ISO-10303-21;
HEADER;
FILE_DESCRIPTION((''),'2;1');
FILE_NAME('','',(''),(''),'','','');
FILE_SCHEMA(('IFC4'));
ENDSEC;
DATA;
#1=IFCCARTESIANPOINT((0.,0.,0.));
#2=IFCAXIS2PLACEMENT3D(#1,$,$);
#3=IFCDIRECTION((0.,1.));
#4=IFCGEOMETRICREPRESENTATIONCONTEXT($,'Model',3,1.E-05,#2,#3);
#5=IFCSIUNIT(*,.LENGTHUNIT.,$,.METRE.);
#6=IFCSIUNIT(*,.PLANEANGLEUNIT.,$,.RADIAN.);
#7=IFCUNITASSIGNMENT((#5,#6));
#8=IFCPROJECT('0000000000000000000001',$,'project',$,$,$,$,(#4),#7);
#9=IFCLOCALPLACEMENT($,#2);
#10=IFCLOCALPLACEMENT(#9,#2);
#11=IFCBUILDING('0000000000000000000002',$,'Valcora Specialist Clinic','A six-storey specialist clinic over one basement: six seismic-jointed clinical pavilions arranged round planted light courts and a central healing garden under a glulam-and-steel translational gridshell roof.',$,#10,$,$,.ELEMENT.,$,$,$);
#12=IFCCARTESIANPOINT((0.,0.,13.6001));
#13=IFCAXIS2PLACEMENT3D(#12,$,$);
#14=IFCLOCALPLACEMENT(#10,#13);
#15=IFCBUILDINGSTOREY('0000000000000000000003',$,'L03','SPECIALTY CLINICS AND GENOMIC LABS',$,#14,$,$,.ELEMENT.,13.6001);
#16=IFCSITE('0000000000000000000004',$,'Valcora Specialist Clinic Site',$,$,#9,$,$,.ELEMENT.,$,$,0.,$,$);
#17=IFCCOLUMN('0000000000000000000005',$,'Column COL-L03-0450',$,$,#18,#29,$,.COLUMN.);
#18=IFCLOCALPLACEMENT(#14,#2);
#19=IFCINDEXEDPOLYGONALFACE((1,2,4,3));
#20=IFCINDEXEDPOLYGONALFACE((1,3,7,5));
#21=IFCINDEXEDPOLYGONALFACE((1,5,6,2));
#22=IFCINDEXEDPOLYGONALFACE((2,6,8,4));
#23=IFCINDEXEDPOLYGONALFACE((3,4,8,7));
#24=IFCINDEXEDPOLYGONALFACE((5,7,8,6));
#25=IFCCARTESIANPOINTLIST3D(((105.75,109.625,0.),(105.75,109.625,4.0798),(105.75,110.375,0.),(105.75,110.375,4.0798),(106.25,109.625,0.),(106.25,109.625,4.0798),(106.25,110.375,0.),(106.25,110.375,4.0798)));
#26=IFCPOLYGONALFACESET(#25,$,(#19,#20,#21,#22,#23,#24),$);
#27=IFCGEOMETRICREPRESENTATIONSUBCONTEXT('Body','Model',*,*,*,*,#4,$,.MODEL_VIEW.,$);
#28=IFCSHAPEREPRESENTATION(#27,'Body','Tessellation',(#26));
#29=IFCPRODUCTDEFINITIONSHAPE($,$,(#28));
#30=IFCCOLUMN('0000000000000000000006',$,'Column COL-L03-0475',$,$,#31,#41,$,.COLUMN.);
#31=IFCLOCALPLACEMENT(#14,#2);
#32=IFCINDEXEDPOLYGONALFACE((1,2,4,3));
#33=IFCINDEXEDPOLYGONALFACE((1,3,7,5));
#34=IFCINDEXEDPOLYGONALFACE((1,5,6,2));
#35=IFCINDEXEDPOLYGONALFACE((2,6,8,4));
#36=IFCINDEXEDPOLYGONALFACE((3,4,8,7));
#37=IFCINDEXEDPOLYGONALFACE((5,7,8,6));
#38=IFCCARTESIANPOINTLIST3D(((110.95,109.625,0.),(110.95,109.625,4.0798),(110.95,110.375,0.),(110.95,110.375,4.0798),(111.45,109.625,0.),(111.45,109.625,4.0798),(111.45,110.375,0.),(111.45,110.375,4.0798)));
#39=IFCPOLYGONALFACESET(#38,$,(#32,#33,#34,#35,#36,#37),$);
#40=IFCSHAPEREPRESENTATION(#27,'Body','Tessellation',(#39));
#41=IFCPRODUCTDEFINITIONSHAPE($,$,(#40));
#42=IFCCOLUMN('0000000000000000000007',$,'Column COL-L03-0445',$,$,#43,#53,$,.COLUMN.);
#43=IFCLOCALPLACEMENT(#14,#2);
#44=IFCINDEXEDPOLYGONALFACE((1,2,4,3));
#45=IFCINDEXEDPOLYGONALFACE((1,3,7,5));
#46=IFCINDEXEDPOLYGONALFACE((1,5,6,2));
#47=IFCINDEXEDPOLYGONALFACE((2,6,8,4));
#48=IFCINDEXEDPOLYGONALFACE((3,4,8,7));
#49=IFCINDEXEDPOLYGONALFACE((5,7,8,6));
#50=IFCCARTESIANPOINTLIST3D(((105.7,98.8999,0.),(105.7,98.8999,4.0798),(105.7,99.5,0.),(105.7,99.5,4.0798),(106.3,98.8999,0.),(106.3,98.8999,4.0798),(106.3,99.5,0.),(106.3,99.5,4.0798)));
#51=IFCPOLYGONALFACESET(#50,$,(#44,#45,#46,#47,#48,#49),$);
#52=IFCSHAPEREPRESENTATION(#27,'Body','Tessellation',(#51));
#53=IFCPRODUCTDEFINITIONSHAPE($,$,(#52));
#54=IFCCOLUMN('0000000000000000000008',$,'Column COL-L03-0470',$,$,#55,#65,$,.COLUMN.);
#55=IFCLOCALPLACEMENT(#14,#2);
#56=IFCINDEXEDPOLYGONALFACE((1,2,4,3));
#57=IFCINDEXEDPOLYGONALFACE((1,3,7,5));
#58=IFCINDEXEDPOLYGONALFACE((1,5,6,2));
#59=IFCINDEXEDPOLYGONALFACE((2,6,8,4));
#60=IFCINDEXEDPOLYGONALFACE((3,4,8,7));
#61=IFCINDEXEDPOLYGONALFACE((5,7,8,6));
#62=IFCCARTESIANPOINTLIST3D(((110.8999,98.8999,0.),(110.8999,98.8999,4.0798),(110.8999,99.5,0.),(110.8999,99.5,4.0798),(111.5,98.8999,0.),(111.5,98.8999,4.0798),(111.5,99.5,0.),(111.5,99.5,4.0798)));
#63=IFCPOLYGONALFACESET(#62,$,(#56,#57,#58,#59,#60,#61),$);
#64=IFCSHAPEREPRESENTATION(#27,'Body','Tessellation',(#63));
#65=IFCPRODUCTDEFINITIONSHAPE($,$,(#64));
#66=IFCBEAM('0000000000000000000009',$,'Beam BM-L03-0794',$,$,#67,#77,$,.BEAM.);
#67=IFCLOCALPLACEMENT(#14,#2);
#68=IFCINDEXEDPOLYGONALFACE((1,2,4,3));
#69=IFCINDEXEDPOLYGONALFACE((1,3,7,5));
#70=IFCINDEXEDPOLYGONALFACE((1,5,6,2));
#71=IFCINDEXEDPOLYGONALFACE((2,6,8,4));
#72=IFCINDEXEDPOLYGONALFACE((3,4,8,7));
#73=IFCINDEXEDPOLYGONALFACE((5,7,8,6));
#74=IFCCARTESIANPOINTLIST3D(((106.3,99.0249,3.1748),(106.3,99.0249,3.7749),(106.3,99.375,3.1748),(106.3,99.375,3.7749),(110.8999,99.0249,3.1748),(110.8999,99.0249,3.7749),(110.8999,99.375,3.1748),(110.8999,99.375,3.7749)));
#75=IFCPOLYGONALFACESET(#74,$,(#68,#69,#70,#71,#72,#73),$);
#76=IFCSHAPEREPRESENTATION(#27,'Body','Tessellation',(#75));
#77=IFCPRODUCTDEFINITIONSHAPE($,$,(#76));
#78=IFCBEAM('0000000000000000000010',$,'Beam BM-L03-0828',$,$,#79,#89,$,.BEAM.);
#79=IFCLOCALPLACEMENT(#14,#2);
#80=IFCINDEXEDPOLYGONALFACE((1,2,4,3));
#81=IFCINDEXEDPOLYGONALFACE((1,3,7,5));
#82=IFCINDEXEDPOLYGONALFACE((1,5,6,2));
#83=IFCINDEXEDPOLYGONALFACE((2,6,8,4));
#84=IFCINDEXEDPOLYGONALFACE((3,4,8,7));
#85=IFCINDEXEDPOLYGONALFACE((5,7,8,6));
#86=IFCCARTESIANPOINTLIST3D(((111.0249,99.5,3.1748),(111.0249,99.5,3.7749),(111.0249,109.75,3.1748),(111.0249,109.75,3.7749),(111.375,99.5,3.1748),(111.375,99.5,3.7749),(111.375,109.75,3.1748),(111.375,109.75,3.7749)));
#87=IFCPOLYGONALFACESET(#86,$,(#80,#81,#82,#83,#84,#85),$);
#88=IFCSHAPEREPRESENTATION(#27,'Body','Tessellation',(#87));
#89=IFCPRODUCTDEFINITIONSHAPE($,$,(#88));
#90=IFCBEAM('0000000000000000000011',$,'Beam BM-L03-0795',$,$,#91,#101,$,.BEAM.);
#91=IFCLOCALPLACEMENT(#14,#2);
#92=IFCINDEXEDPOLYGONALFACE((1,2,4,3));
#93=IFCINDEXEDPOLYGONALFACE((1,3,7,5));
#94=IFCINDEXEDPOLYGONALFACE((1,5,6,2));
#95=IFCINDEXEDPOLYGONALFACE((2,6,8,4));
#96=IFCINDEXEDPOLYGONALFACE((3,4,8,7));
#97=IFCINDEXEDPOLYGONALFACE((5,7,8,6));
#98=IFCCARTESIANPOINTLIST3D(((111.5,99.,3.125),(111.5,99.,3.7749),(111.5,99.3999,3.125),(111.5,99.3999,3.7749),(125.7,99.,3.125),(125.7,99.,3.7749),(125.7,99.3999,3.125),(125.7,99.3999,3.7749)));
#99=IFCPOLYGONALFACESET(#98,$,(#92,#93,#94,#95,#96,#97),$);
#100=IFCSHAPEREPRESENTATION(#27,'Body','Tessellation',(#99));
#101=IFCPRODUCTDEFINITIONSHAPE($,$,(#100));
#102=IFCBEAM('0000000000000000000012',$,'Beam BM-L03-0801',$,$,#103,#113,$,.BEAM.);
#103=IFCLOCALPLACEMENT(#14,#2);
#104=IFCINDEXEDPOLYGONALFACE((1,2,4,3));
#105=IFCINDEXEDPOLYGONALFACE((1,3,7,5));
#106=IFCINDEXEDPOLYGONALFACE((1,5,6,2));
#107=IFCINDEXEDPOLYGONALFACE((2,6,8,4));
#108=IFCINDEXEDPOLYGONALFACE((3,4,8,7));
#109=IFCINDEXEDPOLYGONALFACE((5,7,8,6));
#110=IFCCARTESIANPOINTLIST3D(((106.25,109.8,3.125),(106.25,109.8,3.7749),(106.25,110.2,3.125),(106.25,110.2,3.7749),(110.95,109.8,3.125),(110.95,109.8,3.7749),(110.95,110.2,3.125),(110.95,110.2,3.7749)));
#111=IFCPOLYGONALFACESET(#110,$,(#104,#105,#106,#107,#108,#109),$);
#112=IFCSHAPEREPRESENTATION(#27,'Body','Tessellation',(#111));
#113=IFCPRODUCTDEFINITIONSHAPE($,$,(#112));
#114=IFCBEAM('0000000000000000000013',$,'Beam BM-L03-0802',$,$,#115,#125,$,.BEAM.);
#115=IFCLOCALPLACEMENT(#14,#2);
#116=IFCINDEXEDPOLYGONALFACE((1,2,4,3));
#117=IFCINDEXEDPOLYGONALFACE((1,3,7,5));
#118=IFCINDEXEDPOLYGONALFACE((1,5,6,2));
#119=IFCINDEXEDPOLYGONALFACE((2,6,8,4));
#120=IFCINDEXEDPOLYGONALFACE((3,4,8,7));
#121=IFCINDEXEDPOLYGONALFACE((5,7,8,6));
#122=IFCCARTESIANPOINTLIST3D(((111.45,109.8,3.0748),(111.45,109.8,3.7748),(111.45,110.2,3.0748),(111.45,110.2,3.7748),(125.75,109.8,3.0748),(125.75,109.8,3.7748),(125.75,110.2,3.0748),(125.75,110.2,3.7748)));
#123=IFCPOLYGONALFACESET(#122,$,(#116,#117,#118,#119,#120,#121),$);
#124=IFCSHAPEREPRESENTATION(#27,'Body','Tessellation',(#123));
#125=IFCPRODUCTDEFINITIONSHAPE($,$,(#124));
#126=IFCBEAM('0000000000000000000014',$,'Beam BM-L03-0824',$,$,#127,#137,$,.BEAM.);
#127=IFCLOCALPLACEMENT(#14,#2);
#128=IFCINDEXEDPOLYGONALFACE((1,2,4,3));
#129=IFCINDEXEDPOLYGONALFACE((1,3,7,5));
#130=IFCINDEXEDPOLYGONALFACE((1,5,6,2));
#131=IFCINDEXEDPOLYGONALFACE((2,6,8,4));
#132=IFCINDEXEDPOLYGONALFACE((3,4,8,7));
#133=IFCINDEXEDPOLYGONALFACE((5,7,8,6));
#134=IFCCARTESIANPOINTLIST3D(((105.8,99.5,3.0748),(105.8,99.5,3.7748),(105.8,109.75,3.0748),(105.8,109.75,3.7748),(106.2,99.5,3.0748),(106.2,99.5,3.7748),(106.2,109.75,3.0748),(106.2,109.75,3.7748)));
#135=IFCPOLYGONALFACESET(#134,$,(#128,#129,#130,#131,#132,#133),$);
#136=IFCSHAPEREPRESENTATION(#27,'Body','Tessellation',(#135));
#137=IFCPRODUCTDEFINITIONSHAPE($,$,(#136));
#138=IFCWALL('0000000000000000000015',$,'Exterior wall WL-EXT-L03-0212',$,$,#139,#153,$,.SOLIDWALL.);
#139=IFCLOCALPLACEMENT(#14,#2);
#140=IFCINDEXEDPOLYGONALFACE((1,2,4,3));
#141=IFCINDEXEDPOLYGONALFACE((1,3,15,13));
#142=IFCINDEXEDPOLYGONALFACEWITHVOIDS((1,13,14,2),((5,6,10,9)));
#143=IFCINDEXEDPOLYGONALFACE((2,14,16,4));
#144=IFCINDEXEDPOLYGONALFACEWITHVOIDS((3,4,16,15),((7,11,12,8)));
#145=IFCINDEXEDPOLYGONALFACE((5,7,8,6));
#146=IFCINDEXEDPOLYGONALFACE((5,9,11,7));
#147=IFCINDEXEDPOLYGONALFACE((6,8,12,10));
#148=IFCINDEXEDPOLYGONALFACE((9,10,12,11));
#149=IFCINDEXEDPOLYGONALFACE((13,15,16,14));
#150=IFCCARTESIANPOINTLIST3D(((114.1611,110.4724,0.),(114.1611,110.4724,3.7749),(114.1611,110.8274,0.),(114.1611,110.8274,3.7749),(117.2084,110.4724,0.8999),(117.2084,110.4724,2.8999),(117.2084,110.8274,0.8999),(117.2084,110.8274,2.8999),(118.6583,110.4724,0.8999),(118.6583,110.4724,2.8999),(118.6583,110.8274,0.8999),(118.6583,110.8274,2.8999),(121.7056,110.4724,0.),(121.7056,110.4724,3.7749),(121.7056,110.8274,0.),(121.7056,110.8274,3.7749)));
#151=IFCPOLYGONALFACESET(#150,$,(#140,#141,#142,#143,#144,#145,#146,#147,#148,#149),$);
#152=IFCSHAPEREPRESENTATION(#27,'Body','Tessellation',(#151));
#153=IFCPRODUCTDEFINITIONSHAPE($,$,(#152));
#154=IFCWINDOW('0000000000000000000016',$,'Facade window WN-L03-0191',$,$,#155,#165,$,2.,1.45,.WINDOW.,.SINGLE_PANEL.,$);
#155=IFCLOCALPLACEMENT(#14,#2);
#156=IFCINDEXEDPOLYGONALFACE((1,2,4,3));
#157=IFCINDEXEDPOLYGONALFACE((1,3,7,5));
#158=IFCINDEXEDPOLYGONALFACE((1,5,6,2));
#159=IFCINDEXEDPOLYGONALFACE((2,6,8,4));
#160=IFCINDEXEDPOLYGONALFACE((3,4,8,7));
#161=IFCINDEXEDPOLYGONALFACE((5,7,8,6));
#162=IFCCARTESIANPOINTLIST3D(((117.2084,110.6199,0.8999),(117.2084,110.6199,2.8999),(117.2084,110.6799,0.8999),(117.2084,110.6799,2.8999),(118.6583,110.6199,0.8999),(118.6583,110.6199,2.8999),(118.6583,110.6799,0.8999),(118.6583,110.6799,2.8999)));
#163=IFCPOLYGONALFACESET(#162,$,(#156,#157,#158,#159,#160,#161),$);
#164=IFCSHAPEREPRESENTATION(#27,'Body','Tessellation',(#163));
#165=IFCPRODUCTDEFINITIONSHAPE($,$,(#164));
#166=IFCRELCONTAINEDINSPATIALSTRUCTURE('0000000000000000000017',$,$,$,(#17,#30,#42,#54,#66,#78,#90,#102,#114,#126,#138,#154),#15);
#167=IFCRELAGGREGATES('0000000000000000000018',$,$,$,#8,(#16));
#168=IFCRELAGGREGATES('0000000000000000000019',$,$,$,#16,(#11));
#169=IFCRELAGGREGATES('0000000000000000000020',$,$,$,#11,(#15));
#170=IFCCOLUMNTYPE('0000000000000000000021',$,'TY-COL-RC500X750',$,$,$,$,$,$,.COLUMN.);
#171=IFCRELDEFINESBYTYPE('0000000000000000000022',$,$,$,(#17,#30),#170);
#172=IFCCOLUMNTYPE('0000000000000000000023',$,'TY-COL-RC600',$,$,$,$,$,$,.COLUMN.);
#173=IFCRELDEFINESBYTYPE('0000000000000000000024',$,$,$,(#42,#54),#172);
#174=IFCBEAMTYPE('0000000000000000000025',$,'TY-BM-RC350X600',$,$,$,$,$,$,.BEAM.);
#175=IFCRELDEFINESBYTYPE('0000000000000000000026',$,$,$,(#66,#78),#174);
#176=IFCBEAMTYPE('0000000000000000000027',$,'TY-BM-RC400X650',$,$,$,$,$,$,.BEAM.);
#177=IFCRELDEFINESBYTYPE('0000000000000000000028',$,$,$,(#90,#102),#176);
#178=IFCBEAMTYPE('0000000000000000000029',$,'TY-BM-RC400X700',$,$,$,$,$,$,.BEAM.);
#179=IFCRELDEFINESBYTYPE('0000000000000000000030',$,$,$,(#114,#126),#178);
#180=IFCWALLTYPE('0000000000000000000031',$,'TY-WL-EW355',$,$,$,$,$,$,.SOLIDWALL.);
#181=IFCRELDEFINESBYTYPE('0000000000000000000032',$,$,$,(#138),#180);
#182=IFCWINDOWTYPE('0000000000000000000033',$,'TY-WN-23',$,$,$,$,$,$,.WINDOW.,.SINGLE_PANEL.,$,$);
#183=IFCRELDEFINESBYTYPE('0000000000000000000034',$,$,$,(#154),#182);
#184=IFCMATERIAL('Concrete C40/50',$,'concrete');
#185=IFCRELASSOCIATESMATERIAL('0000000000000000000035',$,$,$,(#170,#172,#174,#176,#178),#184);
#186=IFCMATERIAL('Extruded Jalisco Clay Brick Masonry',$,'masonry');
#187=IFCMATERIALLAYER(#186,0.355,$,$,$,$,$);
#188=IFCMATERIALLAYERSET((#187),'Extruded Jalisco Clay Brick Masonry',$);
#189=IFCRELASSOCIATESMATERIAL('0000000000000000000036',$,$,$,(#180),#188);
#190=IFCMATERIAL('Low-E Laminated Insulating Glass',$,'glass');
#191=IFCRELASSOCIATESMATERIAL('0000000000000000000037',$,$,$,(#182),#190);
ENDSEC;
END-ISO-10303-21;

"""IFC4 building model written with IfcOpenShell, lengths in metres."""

from ifc_helpers import new_model, si_unit, direction, frame, frame_2d, origin, origin_2d, place, context, subcontext, project, spatial, rectangle, extrude, material, layer, layer_set, material_profile, profile_set, type_object, element, fill, save


model = new_model("IFC4")

# Units and contexts
model_context = context("Model", 3, precision=1e-05, world=origin(), true_north=direction((0.0, 1.0)))
body_context = subcontext(model_context, "Body", "Model", "MODEL_VIEW")
ifc_project = project(units=[si_unit("LENGTHUNIT", "METRE"), si_unit("PLANEANGLEUNIT", "RADIAN")], contexts=[model_context])

# Site, building, storey
site_placement = place(None, origin())
site = spatial("IfcSite", under=ifc_project, at=site_placement, Name="Valcora Specialist Clinic Site", CompositionType="ELEMENT", RefElevation=0.0)
building_placement = place(site_placement, origin())
building = spatial("IfcBuilding", under=site, at=building_placement, Name="Valcora Specialist Clinic", Description="A six-storey specialist clinic over one basement: six seismic-jointed clinical pavilions arranged round planted light courts and a central healing garden under a glulam-and-steel translational gridshell roof.", CompositionType="ELEMENT")
storey_placement = place(building_placement, frame((0.0, 0.0, 13.6001)))
storey = spatial("IfcBuildingStorey", under=building, at=storey_placement, Name="L03", Description="SPECIALTY CLINICS AND GENOMIC LABS", CompositionType="ELEMENT", Elevation=13.6001)

# Columns
ifc_material_1 = material(Name="Concrete C40/50", Category="concrete")
ifc_material_profile_1 = material_profile(ifc_material_1, rectangle(XDim=0.5, YDim=0.75, at=origin_2d()), Name="RC-COL-500X750")
ifc_profile_set_1 = profile_set([ifc_material_profile_1], Name="Concrete C40/50")
column_type_1 = type_object("IfcColumnType", Name="TY-COL-RC500X750", PredefinedType="COLUMN", material=ifc_profile_set_1)
for number, where, z_axis, x_axis, name in (
    (1, (106.0, 110.0, 0.0), (0.0, 0.0, 1.0), (1.0, 0.0, 0.0), "Column COL-L03-0450"),
    (2, (111.2, 110.0, 0.0), (0.0, 0.0, 1.0), (1.0, 0.0, 0.0), "Column COL-L03-0475"),
):
    element("IfcColumn", number, at=place(storey_placement, frame(where, z_axis=z_axis, x_axis=x_axis)), inside=storey, type_object=column_type_1, Name=name, PredefinedType="COLUMN", context=body_context, shape_type="SweptSolid", body=[
        extrude(rectangle(XDim=0.5, YDim=0.75, at=origin_2d()), origin(), (0.0, 0.0, 1.0), 4.0798),
    ])
ifc_material_profile_2 = material_profile(ifc_material_1, rectangle(XDim=0.6001, YDim=0.6001, at=origin_2d()), Name="RC-COL-600X600")
ifc_profile_set_2 = profile_set([ifc_material_profile_2], Name="Concrete C40/50")
column_type_2 = type_object("IfcColumnType", Name="TY-COL-RC600", PredefinedType="COLUMN", material=ifc_profile_set_2)
for number, where, z_axis, x_axis, name in (
    (3, (106.0, 99.2, 0.0), (0.0, 0.0, 1.0), (1.0, 0.0, 0.0), "Column COL-L03-0445"),
    (4, (111.2, 99.2, 0.0), (0.0, 0.0, 1.0), (1.0, 0.0, 0.0), "Column COL-L03-0470"),
):
    element("IfcColumn", number, at=place(storey_placement, frame(where, z_axis=z_axis, x_axis=x_axis)), inside=storey, type_object=column_type_2, Name=name, PredefinedType="COLUMN", context=body_context, shape_type="SweptSolid", body=[
        extrude(rectangle(XDim=0.6001, YDim=0.6001, at=origin_2d()), origin(), (0.0, 0.0, 1.0), 4.0798),
    ])

# Beams
ifc_material_profile_3 = material_profile(ifc_material_1, rectangle(XDim=0.3501, YDim=0.6001, at=origin_2d()), Name="RC-BM-350X600")
ifc_profile_set_3 = profile_set([ifc_material_profile_3], Name="Concrete C40/50")
beam_type_1 = type_object("IfcBeamType", Name="TY-BM-RC350X600", PredefinedType="BEAM", material=ifc_profile_set_3)
beam_1_placement = place(storey_placement, frame((106.3, 99.2, 3.4749), z_axis=(1.0, 0.0, 0.0), x_axis=(0.0, 1.0, 0.0)))
element("IfcBeam", 5, at=beam_1_placement, inside=storey, type_object=beam_type_1, Name="Beam BM-L03-0794", PredefinedType="BEAM", context=body_context, shape_type="SweptSolid", body=[
    extrude(rectangle(XDim=0.3501, YDim=0.6001, at=origin_2d()), origin(), (0.0, 0.0, 1.0), 4.5999),
])
beam_2_placement = place(storey_placement, frame((111.2, 99.5, 3.4749), z_axis=(0.0, 1.0, 0.0), x_axis=(-1.0, 0.0, 0.0)))
element("IfcBeam", 6, at=beam_2_placement, inside=storey, type_object=beam_type_1, Name="Beam BM-L03-0828", PredefinedType="BEAM", context=body_context, shape_type="SweptSolid", body=[
    extrude(rectangle(XDim=0.3501, YDim=0.6001, at=origin_2d()), origin(), (0.0, 0.0, 1.0), 10.25),
])
ifc_material_profile_4 = material_profile(ifc_material_1, rectangle(XDim=0.3999, YDim=0.6499, at=origin_2d()), Name="RC-BM-400X650")
ifc_profile_set_4 = profile_set([ifc_material_profile_4], Name="Concrete C40/50")
beam_type_2 = type_object("IfcBeamType", Name="TY-BM-RC400X650", PredefinedType="BEAM", material=ifc_profile_set_4)
beam_3_placement = place(storey_placement, frame((111.5, 99.2, 3.45), z_axis=(1.0, 0.0, 0.0), x_axis=(0.0, 1.0, 0.0)))
element("IfcBeam", 7, at=beam_3_placement, inside=storey, type_object=beam_type_2, Name="Beam BM-L03-0795", PredefinedType="BEAM", context=body_context, shape_type="SweptSolid", body=[
    extrude(rectangle(XDim=0.3999, YDim=0.6499, at=origin_2d()), origin(), (0.0, 0.0, 1.0), 14.2),
])
beam_4_placement = place(storey_placement, frame((106.25, 110.0, 3.45), z_axis=(1.0, 0.0, 0.0), x_axis=(0.0, 1.0, 0.0)))
element("IfcBeam", 8, at=beam_4_placement, inside=storey, type_object=beam_type_2, Name="Beam BM-L03-0801", PredefinedType="BEAM", context=body_context, shape_type="SweptSolid", body=[
    extrude(rectangle(XDim=0.3999, YDim=0.6499, at=origin_2d()), origin(), (0.0, 0.0, 1.0), 4.7),
])
ifc_material_profile_5 = material_profile(ifc_material_1, rectangle(XDim=0.3999, YDim=0.7, at=origin_2d()), Name="RC-BM-400X700")
ifc_profile_set_5 = profile_set([ifc_material_profile_5], Name="Concrete C40/50")
beam_type_3 = type_object("IfcBeamType", Name="TY-BM-RC400X700", PredefinedType="BEAM", material=ifc_profile_set_5)
beam_5_placement = place(storey_placement, frame((111.45, 110.0, 3.4248), z_axis=(1.0, 0.0, 0.0), x_axis=(0.0, 1.0, 0.0)))
element("IfcBeam", 9, at=beam_5_placement, inside=storey, type_object=beam_type_3, Name="Beam BM-L03-0802", PredefinedType="BEAM", context=body_context, shape_type="SweptSolid", body=[
    extrude(rectangle(XDim=0.3999, YDim=0.7, at=origin_2d()), origin(), (0.0, 0.0, 1.0), 14.3),
])
beam_6_placement = place(storey_placement, frame((106.0, 99.5, 3.4248), z_axis=(0.0, 1.0, 0.0), x_axis=(-1.0, 0.0, 0.0)))
element("IfcBeam", 10, at=beam_6_placement, inside=storey, type_object=beam_type_3, Name="Beam BM-L03-0824", PredefinedType="BEAM", context=body_context, shape_type="SweptSolid", body=[
    extrude(rectangle(XDim=0.3999, YDim=0.7, at=origin_2d()), origin(), (0.0, 0.0, 1.0), 10.25),
])

# Wall, opening, window
ifc_material_2 = material(Name="Extruded Jalisco Clay Brick Masonry", Category="masonry")
ifc_layer_1 = layer(ifc_material_2, 0.355)
ifc_layer_set_1 = layer_set([ifc_layer_1], Name="Extruded Jalisco Clay Brick Masonry")
wall_type_1 = type_object("IfcWallType", Name="TY-WL-EW355", PredefinedType="SOLIDWALL", material=ifc_layer_set_1)
wall_1_placement = place(storey_placement, frame((114.1611, 110.6499, 0.0), z_axis=(0.0, 0.0, 1.0), x_axis=(1.0, 0.0, 0.0)))
wall_1 = element("IfcWall", 11, at=wall_1_placement, inside=storey, type_object=wall_type_1, Name="Exterior wall WL-EXT-L03-0212", PredefinedType="SOLIDWALL", context=body_context, shape_type="SweptSolid", body=[
    extrude(rectangle(XDim=7.5444, YDim=0.355, at=frame_2d((3.7722, 0.0))), origin(), (0.0, 0.0, 1.0), 3.7749),
])
opening_1_placement = place(wall_1_placement, frame((3.0471, 0.0, 0.8999)))
opening_1 = element("IfcOpeningElement", 12, at=opening_1_placement, cuts=wall_1, PredefinedType="OPENING", context=body_context, shape_type="SweptSolid", body=[
    extrude(rectangle(XDim=1.45, YDim=2.0, at=frame_2d((0.7251, 1.0))), frame((0.0, 0.1875, 0.0), z_axis=(0.0, -1.0, 0.0), x_axis=(1.0, 0.0, 0.0)), (0.0, 0.0, 1.0), 0.375),
])
ifc_material_3 = material(Name="Low-E Laminated Insulating Glass", Category="glass")
window_type_1 = type_object("IfcWindowType", Name="TY-WN-23", PartitioningType="SINGLE_PANEL", PredefinedType="WINDOW", material=ifc_material_3)
window_1_placement = place(opening_1_placement, origin())
window_1 = element("IfcWindow", 13, at=window_1_placement, inside=storey, type_object=window_type_1, Name="Facade window WN-L03-0191", OverallHeight=2.0, OverallWidth=1.45, PartitioningType="SINGLE_PANEL", PredefinedType="WINDOW", context=body_context, shape_type="SweptSolid", body=[
    extrude(rectangle(XDim=1.45, YDim=2.0, at=frame_2d((0.7251, 1.0))), frame((0.0, 0.03, 0.0), z_axis=(0.0, -1.0, 0.0), x_axis=(1.0, 0.0, 0.0)), (0.0, 0.0, 1.0), 0.0601),
])
fill(opening_1, window_1)

save(model, "model.ifc")
